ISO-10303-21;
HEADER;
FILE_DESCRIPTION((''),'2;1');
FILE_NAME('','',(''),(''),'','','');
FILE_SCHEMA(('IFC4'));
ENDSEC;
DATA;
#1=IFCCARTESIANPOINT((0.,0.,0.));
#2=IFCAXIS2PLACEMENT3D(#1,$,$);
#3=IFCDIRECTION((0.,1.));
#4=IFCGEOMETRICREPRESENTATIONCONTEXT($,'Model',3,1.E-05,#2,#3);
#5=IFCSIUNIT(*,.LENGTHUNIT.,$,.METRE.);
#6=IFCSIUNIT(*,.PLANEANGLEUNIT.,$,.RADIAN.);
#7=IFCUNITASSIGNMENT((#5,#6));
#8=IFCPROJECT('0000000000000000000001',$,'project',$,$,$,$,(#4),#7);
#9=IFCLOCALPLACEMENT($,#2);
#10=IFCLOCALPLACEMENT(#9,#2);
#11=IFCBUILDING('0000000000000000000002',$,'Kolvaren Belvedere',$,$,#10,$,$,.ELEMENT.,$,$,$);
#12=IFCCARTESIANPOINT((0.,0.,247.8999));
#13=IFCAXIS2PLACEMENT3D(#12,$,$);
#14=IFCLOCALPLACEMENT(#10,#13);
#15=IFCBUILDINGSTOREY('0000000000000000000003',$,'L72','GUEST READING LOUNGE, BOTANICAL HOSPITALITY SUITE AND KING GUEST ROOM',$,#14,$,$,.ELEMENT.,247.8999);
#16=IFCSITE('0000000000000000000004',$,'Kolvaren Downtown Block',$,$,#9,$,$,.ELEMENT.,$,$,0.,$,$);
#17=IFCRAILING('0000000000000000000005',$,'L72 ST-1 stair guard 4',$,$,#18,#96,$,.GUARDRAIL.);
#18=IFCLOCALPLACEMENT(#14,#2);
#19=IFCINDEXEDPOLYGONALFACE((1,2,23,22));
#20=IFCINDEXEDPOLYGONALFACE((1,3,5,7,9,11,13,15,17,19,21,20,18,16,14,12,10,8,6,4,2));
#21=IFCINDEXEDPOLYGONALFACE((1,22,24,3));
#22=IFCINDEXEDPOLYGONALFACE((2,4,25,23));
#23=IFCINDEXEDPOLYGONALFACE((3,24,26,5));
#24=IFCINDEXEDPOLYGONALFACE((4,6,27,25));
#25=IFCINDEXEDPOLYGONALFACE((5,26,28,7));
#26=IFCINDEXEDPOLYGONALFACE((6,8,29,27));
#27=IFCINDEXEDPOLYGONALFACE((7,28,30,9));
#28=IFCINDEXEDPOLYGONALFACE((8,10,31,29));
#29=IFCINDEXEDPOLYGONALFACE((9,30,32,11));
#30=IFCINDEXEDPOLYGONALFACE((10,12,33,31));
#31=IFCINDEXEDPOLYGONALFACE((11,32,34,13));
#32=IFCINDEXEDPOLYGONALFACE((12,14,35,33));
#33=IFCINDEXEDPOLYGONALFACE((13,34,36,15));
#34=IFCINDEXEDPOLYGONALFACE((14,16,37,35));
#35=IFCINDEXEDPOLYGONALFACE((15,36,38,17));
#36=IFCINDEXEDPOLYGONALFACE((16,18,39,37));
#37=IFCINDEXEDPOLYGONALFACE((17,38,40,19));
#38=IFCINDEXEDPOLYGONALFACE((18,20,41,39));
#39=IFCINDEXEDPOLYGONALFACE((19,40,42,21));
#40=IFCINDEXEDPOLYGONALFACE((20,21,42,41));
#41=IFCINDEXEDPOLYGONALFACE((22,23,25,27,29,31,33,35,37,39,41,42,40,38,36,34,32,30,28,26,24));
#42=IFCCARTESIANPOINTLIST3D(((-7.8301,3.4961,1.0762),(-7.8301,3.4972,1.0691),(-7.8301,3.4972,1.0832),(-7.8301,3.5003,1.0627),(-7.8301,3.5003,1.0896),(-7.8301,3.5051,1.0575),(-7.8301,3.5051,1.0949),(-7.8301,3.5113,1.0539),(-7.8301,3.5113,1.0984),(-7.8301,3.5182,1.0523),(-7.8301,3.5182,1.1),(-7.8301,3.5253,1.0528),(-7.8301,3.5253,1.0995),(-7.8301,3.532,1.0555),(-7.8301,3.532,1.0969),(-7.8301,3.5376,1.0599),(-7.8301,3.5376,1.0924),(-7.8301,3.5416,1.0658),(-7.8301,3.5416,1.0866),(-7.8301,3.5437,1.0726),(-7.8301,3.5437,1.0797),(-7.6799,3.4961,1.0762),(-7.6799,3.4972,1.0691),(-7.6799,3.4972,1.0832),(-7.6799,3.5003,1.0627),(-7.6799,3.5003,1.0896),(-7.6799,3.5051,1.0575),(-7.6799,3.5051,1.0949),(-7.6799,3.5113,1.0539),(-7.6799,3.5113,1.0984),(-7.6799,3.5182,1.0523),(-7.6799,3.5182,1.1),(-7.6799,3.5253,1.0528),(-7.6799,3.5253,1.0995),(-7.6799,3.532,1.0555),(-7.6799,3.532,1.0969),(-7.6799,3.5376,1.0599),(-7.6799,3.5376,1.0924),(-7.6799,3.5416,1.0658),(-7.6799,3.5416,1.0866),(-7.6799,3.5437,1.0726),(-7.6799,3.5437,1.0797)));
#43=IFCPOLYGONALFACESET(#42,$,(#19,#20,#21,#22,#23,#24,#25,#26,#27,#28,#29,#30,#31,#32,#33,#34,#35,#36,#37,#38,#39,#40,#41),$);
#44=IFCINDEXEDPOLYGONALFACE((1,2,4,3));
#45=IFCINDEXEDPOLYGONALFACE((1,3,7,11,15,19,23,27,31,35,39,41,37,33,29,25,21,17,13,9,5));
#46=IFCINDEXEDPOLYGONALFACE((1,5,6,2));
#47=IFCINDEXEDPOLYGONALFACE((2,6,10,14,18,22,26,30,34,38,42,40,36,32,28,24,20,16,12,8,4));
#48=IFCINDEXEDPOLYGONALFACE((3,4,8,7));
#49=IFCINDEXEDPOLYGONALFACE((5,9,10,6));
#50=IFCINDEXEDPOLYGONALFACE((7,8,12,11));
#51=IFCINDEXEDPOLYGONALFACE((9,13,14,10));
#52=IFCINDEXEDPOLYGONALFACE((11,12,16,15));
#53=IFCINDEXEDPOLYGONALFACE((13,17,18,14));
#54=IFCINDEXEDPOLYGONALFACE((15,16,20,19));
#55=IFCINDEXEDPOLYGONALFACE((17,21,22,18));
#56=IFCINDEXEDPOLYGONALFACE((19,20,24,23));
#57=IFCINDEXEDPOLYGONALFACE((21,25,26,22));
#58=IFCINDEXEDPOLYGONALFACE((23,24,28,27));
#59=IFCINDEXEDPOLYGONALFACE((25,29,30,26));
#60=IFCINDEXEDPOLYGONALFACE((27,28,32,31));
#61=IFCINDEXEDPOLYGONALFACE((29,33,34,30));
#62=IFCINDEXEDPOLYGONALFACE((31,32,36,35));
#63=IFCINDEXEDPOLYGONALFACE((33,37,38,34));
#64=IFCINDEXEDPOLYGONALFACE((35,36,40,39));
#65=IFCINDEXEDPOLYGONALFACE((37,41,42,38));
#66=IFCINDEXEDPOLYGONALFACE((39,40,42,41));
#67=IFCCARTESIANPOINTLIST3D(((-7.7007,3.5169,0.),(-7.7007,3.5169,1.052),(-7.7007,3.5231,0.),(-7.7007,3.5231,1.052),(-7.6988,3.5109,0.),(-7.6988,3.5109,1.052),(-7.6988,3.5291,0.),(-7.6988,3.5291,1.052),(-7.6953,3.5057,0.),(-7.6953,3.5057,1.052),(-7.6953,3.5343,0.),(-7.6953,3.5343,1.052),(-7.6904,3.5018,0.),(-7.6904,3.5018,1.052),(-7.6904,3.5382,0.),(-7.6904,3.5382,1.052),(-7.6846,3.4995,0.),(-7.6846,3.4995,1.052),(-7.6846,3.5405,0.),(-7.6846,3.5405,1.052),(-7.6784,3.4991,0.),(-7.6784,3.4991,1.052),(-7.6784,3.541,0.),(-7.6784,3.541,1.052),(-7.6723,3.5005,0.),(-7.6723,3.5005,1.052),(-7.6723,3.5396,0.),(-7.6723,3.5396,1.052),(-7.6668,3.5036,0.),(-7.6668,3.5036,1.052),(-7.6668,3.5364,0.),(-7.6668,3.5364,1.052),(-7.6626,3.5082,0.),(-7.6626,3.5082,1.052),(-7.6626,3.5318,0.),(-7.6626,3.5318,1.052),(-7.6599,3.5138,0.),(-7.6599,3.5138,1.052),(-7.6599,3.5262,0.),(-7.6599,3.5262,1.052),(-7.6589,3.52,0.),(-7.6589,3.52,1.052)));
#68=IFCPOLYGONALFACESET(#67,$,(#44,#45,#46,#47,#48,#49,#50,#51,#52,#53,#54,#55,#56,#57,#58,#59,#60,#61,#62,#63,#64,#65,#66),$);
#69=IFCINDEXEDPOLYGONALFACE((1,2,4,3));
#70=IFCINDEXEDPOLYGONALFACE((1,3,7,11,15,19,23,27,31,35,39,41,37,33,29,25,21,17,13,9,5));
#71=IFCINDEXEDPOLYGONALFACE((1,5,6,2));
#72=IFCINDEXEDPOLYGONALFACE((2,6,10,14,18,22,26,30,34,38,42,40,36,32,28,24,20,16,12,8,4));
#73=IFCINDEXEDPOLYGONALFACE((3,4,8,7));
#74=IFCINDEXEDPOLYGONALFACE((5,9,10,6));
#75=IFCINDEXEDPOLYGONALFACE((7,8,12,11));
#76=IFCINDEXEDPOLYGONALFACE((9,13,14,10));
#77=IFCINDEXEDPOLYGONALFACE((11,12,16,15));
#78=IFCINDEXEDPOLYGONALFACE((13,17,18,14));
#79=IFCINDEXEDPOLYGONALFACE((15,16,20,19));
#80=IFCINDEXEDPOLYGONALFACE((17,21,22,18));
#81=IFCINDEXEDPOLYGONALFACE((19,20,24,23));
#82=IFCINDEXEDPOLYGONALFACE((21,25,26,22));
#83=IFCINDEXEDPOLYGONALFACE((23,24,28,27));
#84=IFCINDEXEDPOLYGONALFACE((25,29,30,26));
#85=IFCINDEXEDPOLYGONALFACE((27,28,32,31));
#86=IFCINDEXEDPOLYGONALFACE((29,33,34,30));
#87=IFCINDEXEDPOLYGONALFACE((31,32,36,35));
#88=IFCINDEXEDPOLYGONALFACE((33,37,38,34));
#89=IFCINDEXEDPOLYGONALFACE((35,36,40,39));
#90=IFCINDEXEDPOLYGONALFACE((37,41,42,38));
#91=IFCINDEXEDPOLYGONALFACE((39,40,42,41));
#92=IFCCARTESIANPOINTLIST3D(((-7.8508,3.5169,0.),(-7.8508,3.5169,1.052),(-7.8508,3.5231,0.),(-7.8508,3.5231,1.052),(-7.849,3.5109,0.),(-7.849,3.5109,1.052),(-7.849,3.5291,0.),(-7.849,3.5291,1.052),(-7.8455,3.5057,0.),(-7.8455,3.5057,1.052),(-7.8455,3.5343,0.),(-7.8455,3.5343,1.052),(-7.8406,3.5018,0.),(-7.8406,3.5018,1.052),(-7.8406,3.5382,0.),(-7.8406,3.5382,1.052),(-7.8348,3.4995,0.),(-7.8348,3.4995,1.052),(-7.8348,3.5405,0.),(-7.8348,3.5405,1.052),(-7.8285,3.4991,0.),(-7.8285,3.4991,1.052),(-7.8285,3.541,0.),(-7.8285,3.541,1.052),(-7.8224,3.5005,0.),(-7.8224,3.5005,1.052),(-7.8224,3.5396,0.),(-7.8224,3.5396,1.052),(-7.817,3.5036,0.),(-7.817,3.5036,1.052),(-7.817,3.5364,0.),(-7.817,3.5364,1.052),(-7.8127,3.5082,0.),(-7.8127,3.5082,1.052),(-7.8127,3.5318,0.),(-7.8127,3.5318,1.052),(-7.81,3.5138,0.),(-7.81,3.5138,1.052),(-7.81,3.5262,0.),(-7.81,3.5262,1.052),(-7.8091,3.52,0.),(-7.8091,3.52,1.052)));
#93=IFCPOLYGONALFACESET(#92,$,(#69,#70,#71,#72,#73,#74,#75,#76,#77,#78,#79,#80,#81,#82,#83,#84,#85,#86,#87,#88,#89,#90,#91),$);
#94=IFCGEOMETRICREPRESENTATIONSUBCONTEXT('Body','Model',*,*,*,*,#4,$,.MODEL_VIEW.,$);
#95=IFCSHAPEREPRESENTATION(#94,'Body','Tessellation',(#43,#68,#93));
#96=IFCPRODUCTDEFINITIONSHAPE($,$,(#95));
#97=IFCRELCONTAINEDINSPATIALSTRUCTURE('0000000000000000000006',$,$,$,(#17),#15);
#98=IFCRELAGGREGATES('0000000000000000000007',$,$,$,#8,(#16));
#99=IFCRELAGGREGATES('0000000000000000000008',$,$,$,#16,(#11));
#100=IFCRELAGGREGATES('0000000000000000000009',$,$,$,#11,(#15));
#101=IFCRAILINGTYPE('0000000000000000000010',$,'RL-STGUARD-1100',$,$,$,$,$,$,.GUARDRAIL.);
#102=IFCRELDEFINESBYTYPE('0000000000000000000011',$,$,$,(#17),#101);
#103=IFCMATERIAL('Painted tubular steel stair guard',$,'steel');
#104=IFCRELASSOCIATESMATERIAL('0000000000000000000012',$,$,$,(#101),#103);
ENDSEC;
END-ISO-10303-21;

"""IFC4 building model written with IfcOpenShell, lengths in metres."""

from ifc_helpers import new_model, si_unit, direction, frame, origin, origin_2d, place, context, subcontext, project, spatial, circle, extrude, material, type_object, element, save


model = new_model("IFC4")

# Units and contexts
model_context = context("Model", 3, precision=1e-05, world=origin(), true_north=direction((0.0, 1.0)))
body_context = subcontext(model_context, "Body", "Model", "MODEL_VIEW")
ifc_project = project(units=[si_unit("LENGTHUNIT", "METRE"), si_unit("PLANEANGLEUNIT", "RADIAN")], contexts=[model_context])

# Site, building, storey
site_placement = place(None, origin())
site = spatial("IfcSite", under=ifc_project, at=site_placement, Name="Kolvaren Downtown Block", CompositionType="ELEMENT", RefElevation=0.0)
building_placement = place(site_placement, origin())
building = spatial("IfcBuilding", under=site, at=building_placement, Name="Kolvaren Belvedere", CompositionType="ELEMENT")
storey_placement = place(building_placement, frame((0.0, 0.0, 247.8999)))
storey = spatial("IfcBuildingStorey", under=building, at=storey_placement, Name="L72", Description="GUEST READING LOUNGE, BOTANICAL HOSPITALITY SUITE AND KING GUEST ROOM", CompositionType="ELEMENT", Elevation=247.8999)

# Railing
ifc_material_1 = material(Name="Painted tubular steel stair guard", Category="steel")
railing_type_1 = type_object("IfcRailingType", Name="RL-STGUARD-1100", PredefinedType="GUARDRAIL", material=ifc_material_1)
railing_1_placement = place(storey_placement, frame((-7.6799, 3.52, 0.0)))
element("IfcRailing", 1, at=railing_1_placement, inside=storey, type_object=railing_type_1, Name="L72 ST-1 stair guard 4", PredefinedType="GUARDRAIL", context=body_context, shape_type="SweptSolid", body=[
    extrude(circle(Radius=0.0239, at=origin_2d()), frame((0.0, 0.0, 1.0762), z_axis=(-1.0, 0.0, 0.0), x_axis=(0.0, -1.0, 0.0)), (0.0, 0.0, 1.0), 0.1501),
    extrude(circle(Radius=0.021, at=origin_2d()), origin(), (0.0, 0.0, 1.0), 1.052),
    extrude(circle(Radius=0.021, at=origin_2d()), frame((-0.1501, 0.0, 0.0)), (0.0, 0.0, 1.0), 1.052),
])

save(model, "model.ifc")
